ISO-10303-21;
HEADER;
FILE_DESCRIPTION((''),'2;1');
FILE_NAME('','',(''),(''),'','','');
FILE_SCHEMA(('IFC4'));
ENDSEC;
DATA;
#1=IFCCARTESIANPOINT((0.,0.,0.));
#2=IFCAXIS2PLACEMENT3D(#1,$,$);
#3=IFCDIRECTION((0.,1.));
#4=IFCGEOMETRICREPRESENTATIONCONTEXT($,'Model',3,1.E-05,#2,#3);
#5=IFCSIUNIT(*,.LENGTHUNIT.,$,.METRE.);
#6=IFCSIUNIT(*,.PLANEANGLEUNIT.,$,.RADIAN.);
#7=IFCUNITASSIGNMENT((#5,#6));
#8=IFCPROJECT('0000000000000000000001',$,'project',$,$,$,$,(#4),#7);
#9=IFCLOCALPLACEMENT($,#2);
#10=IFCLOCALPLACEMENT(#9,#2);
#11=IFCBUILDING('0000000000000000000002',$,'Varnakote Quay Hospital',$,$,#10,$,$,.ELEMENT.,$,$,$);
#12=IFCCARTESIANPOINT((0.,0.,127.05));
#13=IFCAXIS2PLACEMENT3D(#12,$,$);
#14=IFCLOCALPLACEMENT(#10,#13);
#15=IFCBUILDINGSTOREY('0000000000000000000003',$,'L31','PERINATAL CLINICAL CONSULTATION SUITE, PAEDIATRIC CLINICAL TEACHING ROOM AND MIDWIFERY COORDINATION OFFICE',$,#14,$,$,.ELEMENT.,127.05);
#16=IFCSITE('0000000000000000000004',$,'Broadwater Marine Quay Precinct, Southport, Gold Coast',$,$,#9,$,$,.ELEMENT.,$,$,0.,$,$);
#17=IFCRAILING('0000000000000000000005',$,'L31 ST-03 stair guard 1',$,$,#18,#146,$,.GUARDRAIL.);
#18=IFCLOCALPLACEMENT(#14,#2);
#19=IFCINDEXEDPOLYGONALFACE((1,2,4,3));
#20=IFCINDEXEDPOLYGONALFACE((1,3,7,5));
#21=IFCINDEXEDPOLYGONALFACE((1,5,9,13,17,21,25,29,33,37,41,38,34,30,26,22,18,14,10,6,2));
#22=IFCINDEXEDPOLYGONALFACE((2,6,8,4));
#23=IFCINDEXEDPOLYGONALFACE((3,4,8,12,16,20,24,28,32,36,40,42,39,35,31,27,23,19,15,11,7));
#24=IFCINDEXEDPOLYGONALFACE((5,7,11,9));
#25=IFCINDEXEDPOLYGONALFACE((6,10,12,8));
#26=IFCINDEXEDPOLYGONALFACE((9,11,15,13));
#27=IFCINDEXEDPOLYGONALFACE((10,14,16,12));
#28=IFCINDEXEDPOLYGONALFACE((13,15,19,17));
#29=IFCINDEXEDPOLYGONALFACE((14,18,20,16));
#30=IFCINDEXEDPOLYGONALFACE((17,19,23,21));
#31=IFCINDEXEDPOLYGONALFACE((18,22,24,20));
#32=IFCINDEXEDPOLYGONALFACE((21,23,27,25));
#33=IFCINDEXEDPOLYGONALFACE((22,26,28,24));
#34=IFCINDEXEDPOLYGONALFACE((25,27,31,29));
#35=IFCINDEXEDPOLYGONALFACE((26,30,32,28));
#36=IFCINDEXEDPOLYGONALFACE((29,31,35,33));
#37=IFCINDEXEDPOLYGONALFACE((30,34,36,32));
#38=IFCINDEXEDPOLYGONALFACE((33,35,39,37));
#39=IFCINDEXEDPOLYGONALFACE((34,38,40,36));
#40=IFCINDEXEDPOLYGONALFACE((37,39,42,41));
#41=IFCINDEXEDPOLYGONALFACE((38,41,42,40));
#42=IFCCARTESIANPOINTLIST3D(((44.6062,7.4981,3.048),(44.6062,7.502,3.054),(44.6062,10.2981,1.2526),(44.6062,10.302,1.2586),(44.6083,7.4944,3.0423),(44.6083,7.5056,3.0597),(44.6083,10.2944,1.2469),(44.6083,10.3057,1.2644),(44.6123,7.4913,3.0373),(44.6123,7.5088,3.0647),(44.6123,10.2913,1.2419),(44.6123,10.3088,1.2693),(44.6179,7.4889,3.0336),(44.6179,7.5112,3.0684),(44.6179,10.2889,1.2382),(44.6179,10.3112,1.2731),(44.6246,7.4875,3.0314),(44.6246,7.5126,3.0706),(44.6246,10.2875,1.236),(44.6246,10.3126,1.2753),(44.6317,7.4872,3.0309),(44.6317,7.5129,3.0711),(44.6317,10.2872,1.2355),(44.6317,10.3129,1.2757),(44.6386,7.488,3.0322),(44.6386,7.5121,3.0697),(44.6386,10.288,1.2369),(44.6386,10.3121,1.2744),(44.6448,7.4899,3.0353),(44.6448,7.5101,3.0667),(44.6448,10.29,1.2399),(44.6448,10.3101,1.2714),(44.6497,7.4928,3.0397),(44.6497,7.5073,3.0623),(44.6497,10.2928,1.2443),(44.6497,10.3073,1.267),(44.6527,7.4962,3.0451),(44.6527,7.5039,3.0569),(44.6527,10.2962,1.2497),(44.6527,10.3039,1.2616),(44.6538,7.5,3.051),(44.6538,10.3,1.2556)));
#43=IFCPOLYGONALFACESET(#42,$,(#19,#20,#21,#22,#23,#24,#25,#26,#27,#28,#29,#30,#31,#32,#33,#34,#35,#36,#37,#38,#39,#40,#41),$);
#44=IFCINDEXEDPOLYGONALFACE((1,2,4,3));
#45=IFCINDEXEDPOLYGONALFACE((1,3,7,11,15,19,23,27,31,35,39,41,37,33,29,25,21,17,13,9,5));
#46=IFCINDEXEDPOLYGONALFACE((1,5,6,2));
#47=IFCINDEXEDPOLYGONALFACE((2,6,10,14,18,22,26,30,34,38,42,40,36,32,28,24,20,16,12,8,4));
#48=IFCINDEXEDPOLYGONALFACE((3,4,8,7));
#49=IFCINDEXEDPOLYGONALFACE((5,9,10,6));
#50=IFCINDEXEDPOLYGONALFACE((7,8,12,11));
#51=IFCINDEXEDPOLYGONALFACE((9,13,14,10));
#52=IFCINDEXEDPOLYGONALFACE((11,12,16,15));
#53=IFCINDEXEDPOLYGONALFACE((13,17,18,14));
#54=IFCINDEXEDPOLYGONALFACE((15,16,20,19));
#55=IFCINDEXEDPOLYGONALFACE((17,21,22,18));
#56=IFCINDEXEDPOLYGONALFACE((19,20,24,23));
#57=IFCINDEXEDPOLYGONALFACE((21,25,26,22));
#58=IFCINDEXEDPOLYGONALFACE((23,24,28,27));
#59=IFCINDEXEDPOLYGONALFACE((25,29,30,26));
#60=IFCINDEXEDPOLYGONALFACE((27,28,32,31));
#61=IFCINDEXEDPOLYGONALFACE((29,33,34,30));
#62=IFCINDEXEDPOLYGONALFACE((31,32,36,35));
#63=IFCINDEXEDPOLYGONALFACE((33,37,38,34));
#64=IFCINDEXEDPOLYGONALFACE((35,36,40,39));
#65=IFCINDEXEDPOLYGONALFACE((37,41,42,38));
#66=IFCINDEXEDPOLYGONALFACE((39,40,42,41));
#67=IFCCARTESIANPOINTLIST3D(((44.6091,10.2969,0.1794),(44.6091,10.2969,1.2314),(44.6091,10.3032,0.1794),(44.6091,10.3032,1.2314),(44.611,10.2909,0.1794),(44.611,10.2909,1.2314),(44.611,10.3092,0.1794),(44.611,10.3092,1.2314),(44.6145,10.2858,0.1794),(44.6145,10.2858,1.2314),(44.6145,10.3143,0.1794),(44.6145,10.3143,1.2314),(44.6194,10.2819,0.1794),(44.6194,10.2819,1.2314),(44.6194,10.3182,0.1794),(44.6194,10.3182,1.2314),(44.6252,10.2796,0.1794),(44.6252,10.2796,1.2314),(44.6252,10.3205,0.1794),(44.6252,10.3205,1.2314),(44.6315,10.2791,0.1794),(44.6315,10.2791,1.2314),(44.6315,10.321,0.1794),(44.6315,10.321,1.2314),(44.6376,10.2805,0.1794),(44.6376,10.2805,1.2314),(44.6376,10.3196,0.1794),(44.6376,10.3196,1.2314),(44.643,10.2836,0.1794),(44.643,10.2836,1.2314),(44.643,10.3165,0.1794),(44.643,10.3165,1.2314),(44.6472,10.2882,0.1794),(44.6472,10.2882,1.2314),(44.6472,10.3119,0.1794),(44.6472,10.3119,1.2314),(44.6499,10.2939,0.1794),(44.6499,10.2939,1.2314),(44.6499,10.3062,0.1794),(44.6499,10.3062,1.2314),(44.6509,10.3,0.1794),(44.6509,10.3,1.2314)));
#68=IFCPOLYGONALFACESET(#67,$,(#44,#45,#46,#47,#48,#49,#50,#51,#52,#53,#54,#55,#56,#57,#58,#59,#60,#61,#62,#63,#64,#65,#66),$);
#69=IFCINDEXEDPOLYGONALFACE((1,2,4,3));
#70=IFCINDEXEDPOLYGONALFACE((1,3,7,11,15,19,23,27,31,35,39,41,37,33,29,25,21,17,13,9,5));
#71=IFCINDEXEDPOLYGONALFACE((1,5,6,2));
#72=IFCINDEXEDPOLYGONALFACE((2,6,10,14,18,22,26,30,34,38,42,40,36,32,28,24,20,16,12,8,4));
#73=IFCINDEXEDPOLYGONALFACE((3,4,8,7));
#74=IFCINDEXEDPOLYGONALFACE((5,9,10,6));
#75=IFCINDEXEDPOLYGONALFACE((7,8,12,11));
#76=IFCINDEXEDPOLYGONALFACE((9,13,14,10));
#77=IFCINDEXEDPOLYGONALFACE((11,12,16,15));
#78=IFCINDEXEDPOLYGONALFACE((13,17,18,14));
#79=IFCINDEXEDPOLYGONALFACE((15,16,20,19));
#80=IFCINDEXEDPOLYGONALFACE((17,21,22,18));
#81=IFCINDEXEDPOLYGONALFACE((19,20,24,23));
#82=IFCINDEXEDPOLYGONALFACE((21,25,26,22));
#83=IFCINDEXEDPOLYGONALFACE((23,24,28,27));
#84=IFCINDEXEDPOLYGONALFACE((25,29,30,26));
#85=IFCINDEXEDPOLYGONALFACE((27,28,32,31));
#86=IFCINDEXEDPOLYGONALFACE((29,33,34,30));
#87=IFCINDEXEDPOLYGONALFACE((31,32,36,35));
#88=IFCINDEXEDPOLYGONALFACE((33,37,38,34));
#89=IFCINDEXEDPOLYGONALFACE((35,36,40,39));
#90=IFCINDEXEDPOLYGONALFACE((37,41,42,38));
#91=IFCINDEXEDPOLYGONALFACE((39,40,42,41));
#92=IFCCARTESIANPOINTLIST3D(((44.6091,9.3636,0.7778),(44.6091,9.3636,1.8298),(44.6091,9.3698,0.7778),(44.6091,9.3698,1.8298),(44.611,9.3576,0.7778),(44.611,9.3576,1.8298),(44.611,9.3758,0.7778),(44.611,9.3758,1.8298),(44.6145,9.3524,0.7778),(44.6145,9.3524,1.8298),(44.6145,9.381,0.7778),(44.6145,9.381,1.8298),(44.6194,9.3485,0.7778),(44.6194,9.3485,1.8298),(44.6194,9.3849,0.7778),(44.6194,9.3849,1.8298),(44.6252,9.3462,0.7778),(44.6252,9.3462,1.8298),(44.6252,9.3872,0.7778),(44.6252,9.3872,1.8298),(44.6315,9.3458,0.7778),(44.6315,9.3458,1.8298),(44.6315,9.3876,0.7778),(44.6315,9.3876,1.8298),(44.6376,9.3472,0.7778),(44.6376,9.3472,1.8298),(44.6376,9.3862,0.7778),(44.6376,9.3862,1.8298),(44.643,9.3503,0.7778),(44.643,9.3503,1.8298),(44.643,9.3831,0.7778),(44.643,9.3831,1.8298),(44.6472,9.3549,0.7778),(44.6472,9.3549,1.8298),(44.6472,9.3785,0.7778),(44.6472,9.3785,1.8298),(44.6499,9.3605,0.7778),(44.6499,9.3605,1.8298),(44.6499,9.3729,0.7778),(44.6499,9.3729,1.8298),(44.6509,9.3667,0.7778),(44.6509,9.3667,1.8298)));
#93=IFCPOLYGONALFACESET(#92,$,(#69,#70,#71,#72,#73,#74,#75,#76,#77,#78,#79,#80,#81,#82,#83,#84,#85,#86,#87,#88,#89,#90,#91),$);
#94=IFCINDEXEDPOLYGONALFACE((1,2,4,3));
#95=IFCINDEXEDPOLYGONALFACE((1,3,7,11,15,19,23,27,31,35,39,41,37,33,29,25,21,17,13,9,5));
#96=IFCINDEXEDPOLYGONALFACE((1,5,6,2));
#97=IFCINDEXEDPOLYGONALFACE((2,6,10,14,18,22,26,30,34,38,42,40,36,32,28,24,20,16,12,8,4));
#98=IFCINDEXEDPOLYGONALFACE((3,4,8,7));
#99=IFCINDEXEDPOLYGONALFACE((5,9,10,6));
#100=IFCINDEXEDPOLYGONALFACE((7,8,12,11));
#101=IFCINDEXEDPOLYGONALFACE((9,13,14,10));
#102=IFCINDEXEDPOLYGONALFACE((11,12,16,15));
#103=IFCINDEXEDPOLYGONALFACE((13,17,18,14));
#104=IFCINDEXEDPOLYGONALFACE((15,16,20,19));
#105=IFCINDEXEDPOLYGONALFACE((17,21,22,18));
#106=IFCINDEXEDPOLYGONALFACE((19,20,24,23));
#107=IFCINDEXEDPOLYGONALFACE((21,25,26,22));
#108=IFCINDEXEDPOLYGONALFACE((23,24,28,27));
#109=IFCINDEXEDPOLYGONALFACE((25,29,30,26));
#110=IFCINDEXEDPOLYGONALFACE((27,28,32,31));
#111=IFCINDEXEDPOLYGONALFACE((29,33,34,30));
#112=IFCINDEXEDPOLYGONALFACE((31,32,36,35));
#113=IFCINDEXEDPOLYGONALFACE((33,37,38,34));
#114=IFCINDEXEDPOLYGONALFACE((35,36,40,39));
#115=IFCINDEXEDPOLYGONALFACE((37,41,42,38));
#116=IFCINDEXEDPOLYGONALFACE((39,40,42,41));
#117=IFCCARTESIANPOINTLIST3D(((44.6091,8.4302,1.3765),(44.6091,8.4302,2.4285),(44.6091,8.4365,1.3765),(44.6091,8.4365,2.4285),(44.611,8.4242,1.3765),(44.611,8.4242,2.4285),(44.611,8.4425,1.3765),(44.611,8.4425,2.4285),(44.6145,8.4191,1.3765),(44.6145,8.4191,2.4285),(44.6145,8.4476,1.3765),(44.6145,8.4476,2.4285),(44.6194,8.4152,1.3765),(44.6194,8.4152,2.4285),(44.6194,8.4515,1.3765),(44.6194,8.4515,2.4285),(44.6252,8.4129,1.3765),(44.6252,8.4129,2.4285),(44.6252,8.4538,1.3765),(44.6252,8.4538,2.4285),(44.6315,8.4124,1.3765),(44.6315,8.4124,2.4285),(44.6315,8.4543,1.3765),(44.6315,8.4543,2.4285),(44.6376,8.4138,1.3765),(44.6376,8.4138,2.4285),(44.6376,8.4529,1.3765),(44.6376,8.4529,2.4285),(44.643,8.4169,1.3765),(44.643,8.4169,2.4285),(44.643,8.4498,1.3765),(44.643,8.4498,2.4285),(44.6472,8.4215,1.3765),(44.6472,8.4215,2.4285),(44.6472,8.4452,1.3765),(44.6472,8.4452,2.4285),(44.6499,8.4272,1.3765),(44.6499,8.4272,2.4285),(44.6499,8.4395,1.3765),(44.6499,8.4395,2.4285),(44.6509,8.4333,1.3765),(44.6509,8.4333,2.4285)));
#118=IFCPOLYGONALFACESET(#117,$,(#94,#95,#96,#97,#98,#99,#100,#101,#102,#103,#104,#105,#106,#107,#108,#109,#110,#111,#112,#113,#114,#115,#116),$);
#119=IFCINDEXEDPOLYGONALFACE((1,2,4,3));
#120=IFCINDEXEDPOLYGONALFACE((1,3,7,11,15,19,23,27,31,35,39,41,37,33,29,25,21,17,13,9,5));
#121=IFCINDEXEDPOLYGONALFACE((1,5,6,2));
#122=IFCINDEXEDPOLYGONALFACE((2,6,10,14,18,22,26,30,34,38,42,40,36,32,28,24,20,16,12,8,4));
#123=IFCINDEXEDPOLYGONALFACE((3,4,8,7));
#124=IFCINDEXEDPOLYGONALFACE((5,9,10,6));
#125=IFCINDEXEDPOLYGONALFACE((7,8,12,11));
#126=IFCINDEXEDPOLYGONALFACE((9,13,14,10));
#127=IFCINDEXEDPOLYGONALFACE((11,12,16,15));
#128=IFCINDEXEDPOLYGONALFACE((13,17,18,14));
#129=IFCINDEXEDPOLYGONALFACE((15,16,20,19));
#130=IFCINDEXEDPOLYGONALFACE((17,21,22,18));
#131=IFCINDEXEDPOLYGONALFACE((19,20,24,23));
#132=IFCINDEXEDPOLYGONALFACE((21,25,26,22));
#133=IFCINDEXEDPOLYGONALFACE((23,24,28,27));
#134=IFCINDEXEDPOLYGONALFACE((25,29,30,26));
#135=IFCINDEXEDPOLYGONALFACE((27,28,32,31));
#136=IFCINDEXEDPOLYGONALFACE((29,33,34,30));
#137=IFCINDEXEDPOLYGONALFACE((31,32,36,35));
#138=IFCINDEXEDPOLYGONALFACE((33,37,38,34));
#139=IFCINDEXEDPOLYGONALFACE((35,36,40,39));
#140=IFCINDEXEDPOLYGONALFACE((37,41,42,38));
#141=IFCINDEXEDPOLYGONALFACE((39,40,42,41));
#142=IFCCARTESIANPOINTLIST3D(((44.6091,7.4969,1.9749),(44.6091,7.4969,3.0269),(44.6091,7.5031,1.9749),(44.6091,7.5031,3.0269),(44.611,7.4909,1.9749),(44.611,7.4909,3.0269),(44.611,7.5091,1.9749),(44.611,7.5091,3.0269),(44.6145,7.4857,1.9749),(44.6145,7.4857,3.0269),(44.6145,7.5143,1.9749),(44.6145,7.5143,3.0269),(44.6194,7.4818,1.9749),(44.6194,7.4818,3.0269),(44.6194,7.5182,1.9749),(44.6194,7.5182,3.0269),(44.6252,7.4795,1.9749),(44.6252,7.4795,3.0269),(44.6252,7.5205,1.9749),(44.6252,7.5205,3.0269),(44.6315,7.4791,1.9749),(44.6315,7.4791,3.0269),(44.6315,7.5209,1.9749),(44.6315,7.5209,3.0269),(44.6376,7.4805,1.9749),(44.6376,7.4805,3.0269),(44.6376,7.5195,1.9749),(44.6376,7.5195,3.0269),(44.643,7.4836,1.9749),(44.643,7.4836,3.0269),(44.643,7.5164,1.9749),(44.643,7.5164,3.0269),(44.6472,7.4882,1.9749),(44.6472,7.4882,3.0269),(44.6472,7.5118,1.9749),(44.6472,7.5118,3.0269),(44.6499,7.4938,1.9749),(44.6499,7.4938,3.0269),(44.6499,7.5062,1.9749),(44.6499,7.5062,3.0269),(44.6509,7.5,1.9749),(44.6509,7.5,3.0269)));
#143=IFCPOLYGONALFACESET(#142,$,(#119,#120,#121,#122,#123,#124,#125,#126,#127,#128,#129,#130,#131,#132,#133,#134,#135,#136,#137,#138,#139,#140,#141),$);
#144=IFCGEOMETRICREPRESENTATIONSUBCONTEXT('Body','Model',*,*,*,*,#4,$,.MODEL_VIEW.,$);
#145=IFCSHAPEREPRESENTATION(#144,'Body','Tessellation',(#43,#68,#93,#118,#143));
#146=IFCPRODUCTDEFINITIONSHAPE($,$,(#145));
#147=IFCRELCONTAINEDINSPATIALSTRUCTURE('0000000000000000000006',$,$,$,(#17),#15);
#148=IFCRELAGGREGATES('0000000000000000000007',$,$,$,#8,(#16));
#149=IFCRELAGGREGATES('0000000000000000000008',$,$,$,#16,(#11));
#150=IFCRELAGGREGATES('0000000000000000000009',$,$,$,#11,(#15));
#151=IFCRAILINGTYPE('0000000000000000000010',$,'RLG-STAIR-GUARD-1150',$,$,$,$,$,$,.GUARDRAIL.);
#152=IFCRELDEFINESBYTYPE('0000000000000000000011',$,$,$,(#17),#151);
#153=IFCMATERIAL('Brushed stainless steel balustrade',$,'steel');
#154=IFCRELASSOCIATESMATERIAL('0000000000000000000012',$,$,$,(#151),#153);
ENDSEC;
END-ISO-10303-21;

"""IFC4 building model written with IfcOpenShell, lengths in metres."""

from ifc_helpers import new_model, si_unit, direction, frame, origin, origin_2d, place, context, subcontext, project, spatial, circle, extrude, material, type_object, element, save


model = new_model("IFC4")

# Units and contexts
model_context = context("Model", 3, precision=1e-05, world=origin(), true_north=direction((0.0, 1.0)))
body_context = subcontext(model_context, "Body", "Model", "MODEL_VIEW")
ifc_project = project(units=[si_unit("LENGTHUNIT", "METRE"), si_unit("PLANEANGLEUNIT", "RADIAN")], contexts=[model_context])

# Site, building, storey
site_placement = place(None, origin())
site = spatial("IfcSite", under=ifc_project, at=site_placement, Name="Broadwater Marine Quay Precinct, Southport, Gold Coast", CompositionType="ELEMENT", RefElevation=0.0)
building_placement = place(site_placement, origin())
building = spatial("IfcBuilding", under=site, at=building_placement, Name="Varnakote Quay Hospital", CompositionType="ELEMENT")
storey_placement = place(building_placement, frame((0.0, 0.0, 127.05)))
storey = spatial("IfcBuildingStorey", under=building, at=storey_placement, Name="L31", Description="PERINATAL CLINICAL CONSULTATION SUITE, PAEDIATRIC CLINICAL TEACHING ROOM AND MIDWIFERY COORDINATION OFFICE", CompositionType="ELEMENT", Elevation=127.05)

# Railing
ifc_material_1 = material(Name="Brushed stainless steel balustrade", Category="steel")
railing_type = type_object("IfcRailingType", Name="RLG-STAIR-GUARD-1150", PredefinedType="GUARDRAIL", material=ifc_material_1)
railing_1_placement = place(storey_placement, frame((44.6299, 10.3, 0.1794)))
element("IfcRailing", 1, at=railing_1_placement, inside=storey, type_object=railing_type, Name="L31 ST-03 stair guard 1", PredefinedType="GUARDRAIL", context=body_context, shape_type="SweptSolid", body=[
    extrude(circle(Radius=0.0239, at=origin_2d()), frame((0.0, 0.0, 1.0762), z_axis=(0.0, -0.84181, 0.539774), x_axis=(1.0, 0.0, 0.0)), (0.0, 0.0, 1.0), 3.3262),
    extrude(circle(Radius=0.021, at=origin_2d()), origin(), (0.0, 0.0, 1.0), 1.052),
    extrude(circle(Radius=0.021, at=origin_2d()), frame((0.0, -0.9333, 0.5984)), (0.0, 0.0, 1.0), 1.052),
    extrude(circle(Radius=0.021, at=origin_2d()), frame((0.0, -1.8667, 1.197)), (0.0, 0.0, 1.0), 1.052),
    extrude(circle(Radius=0.021, at=origin_2d()), frame((0.0, -2.8, 1.7954)), (0.0, 0.0, 1.0), 1.052),
])

save(model, "model.ifc")
